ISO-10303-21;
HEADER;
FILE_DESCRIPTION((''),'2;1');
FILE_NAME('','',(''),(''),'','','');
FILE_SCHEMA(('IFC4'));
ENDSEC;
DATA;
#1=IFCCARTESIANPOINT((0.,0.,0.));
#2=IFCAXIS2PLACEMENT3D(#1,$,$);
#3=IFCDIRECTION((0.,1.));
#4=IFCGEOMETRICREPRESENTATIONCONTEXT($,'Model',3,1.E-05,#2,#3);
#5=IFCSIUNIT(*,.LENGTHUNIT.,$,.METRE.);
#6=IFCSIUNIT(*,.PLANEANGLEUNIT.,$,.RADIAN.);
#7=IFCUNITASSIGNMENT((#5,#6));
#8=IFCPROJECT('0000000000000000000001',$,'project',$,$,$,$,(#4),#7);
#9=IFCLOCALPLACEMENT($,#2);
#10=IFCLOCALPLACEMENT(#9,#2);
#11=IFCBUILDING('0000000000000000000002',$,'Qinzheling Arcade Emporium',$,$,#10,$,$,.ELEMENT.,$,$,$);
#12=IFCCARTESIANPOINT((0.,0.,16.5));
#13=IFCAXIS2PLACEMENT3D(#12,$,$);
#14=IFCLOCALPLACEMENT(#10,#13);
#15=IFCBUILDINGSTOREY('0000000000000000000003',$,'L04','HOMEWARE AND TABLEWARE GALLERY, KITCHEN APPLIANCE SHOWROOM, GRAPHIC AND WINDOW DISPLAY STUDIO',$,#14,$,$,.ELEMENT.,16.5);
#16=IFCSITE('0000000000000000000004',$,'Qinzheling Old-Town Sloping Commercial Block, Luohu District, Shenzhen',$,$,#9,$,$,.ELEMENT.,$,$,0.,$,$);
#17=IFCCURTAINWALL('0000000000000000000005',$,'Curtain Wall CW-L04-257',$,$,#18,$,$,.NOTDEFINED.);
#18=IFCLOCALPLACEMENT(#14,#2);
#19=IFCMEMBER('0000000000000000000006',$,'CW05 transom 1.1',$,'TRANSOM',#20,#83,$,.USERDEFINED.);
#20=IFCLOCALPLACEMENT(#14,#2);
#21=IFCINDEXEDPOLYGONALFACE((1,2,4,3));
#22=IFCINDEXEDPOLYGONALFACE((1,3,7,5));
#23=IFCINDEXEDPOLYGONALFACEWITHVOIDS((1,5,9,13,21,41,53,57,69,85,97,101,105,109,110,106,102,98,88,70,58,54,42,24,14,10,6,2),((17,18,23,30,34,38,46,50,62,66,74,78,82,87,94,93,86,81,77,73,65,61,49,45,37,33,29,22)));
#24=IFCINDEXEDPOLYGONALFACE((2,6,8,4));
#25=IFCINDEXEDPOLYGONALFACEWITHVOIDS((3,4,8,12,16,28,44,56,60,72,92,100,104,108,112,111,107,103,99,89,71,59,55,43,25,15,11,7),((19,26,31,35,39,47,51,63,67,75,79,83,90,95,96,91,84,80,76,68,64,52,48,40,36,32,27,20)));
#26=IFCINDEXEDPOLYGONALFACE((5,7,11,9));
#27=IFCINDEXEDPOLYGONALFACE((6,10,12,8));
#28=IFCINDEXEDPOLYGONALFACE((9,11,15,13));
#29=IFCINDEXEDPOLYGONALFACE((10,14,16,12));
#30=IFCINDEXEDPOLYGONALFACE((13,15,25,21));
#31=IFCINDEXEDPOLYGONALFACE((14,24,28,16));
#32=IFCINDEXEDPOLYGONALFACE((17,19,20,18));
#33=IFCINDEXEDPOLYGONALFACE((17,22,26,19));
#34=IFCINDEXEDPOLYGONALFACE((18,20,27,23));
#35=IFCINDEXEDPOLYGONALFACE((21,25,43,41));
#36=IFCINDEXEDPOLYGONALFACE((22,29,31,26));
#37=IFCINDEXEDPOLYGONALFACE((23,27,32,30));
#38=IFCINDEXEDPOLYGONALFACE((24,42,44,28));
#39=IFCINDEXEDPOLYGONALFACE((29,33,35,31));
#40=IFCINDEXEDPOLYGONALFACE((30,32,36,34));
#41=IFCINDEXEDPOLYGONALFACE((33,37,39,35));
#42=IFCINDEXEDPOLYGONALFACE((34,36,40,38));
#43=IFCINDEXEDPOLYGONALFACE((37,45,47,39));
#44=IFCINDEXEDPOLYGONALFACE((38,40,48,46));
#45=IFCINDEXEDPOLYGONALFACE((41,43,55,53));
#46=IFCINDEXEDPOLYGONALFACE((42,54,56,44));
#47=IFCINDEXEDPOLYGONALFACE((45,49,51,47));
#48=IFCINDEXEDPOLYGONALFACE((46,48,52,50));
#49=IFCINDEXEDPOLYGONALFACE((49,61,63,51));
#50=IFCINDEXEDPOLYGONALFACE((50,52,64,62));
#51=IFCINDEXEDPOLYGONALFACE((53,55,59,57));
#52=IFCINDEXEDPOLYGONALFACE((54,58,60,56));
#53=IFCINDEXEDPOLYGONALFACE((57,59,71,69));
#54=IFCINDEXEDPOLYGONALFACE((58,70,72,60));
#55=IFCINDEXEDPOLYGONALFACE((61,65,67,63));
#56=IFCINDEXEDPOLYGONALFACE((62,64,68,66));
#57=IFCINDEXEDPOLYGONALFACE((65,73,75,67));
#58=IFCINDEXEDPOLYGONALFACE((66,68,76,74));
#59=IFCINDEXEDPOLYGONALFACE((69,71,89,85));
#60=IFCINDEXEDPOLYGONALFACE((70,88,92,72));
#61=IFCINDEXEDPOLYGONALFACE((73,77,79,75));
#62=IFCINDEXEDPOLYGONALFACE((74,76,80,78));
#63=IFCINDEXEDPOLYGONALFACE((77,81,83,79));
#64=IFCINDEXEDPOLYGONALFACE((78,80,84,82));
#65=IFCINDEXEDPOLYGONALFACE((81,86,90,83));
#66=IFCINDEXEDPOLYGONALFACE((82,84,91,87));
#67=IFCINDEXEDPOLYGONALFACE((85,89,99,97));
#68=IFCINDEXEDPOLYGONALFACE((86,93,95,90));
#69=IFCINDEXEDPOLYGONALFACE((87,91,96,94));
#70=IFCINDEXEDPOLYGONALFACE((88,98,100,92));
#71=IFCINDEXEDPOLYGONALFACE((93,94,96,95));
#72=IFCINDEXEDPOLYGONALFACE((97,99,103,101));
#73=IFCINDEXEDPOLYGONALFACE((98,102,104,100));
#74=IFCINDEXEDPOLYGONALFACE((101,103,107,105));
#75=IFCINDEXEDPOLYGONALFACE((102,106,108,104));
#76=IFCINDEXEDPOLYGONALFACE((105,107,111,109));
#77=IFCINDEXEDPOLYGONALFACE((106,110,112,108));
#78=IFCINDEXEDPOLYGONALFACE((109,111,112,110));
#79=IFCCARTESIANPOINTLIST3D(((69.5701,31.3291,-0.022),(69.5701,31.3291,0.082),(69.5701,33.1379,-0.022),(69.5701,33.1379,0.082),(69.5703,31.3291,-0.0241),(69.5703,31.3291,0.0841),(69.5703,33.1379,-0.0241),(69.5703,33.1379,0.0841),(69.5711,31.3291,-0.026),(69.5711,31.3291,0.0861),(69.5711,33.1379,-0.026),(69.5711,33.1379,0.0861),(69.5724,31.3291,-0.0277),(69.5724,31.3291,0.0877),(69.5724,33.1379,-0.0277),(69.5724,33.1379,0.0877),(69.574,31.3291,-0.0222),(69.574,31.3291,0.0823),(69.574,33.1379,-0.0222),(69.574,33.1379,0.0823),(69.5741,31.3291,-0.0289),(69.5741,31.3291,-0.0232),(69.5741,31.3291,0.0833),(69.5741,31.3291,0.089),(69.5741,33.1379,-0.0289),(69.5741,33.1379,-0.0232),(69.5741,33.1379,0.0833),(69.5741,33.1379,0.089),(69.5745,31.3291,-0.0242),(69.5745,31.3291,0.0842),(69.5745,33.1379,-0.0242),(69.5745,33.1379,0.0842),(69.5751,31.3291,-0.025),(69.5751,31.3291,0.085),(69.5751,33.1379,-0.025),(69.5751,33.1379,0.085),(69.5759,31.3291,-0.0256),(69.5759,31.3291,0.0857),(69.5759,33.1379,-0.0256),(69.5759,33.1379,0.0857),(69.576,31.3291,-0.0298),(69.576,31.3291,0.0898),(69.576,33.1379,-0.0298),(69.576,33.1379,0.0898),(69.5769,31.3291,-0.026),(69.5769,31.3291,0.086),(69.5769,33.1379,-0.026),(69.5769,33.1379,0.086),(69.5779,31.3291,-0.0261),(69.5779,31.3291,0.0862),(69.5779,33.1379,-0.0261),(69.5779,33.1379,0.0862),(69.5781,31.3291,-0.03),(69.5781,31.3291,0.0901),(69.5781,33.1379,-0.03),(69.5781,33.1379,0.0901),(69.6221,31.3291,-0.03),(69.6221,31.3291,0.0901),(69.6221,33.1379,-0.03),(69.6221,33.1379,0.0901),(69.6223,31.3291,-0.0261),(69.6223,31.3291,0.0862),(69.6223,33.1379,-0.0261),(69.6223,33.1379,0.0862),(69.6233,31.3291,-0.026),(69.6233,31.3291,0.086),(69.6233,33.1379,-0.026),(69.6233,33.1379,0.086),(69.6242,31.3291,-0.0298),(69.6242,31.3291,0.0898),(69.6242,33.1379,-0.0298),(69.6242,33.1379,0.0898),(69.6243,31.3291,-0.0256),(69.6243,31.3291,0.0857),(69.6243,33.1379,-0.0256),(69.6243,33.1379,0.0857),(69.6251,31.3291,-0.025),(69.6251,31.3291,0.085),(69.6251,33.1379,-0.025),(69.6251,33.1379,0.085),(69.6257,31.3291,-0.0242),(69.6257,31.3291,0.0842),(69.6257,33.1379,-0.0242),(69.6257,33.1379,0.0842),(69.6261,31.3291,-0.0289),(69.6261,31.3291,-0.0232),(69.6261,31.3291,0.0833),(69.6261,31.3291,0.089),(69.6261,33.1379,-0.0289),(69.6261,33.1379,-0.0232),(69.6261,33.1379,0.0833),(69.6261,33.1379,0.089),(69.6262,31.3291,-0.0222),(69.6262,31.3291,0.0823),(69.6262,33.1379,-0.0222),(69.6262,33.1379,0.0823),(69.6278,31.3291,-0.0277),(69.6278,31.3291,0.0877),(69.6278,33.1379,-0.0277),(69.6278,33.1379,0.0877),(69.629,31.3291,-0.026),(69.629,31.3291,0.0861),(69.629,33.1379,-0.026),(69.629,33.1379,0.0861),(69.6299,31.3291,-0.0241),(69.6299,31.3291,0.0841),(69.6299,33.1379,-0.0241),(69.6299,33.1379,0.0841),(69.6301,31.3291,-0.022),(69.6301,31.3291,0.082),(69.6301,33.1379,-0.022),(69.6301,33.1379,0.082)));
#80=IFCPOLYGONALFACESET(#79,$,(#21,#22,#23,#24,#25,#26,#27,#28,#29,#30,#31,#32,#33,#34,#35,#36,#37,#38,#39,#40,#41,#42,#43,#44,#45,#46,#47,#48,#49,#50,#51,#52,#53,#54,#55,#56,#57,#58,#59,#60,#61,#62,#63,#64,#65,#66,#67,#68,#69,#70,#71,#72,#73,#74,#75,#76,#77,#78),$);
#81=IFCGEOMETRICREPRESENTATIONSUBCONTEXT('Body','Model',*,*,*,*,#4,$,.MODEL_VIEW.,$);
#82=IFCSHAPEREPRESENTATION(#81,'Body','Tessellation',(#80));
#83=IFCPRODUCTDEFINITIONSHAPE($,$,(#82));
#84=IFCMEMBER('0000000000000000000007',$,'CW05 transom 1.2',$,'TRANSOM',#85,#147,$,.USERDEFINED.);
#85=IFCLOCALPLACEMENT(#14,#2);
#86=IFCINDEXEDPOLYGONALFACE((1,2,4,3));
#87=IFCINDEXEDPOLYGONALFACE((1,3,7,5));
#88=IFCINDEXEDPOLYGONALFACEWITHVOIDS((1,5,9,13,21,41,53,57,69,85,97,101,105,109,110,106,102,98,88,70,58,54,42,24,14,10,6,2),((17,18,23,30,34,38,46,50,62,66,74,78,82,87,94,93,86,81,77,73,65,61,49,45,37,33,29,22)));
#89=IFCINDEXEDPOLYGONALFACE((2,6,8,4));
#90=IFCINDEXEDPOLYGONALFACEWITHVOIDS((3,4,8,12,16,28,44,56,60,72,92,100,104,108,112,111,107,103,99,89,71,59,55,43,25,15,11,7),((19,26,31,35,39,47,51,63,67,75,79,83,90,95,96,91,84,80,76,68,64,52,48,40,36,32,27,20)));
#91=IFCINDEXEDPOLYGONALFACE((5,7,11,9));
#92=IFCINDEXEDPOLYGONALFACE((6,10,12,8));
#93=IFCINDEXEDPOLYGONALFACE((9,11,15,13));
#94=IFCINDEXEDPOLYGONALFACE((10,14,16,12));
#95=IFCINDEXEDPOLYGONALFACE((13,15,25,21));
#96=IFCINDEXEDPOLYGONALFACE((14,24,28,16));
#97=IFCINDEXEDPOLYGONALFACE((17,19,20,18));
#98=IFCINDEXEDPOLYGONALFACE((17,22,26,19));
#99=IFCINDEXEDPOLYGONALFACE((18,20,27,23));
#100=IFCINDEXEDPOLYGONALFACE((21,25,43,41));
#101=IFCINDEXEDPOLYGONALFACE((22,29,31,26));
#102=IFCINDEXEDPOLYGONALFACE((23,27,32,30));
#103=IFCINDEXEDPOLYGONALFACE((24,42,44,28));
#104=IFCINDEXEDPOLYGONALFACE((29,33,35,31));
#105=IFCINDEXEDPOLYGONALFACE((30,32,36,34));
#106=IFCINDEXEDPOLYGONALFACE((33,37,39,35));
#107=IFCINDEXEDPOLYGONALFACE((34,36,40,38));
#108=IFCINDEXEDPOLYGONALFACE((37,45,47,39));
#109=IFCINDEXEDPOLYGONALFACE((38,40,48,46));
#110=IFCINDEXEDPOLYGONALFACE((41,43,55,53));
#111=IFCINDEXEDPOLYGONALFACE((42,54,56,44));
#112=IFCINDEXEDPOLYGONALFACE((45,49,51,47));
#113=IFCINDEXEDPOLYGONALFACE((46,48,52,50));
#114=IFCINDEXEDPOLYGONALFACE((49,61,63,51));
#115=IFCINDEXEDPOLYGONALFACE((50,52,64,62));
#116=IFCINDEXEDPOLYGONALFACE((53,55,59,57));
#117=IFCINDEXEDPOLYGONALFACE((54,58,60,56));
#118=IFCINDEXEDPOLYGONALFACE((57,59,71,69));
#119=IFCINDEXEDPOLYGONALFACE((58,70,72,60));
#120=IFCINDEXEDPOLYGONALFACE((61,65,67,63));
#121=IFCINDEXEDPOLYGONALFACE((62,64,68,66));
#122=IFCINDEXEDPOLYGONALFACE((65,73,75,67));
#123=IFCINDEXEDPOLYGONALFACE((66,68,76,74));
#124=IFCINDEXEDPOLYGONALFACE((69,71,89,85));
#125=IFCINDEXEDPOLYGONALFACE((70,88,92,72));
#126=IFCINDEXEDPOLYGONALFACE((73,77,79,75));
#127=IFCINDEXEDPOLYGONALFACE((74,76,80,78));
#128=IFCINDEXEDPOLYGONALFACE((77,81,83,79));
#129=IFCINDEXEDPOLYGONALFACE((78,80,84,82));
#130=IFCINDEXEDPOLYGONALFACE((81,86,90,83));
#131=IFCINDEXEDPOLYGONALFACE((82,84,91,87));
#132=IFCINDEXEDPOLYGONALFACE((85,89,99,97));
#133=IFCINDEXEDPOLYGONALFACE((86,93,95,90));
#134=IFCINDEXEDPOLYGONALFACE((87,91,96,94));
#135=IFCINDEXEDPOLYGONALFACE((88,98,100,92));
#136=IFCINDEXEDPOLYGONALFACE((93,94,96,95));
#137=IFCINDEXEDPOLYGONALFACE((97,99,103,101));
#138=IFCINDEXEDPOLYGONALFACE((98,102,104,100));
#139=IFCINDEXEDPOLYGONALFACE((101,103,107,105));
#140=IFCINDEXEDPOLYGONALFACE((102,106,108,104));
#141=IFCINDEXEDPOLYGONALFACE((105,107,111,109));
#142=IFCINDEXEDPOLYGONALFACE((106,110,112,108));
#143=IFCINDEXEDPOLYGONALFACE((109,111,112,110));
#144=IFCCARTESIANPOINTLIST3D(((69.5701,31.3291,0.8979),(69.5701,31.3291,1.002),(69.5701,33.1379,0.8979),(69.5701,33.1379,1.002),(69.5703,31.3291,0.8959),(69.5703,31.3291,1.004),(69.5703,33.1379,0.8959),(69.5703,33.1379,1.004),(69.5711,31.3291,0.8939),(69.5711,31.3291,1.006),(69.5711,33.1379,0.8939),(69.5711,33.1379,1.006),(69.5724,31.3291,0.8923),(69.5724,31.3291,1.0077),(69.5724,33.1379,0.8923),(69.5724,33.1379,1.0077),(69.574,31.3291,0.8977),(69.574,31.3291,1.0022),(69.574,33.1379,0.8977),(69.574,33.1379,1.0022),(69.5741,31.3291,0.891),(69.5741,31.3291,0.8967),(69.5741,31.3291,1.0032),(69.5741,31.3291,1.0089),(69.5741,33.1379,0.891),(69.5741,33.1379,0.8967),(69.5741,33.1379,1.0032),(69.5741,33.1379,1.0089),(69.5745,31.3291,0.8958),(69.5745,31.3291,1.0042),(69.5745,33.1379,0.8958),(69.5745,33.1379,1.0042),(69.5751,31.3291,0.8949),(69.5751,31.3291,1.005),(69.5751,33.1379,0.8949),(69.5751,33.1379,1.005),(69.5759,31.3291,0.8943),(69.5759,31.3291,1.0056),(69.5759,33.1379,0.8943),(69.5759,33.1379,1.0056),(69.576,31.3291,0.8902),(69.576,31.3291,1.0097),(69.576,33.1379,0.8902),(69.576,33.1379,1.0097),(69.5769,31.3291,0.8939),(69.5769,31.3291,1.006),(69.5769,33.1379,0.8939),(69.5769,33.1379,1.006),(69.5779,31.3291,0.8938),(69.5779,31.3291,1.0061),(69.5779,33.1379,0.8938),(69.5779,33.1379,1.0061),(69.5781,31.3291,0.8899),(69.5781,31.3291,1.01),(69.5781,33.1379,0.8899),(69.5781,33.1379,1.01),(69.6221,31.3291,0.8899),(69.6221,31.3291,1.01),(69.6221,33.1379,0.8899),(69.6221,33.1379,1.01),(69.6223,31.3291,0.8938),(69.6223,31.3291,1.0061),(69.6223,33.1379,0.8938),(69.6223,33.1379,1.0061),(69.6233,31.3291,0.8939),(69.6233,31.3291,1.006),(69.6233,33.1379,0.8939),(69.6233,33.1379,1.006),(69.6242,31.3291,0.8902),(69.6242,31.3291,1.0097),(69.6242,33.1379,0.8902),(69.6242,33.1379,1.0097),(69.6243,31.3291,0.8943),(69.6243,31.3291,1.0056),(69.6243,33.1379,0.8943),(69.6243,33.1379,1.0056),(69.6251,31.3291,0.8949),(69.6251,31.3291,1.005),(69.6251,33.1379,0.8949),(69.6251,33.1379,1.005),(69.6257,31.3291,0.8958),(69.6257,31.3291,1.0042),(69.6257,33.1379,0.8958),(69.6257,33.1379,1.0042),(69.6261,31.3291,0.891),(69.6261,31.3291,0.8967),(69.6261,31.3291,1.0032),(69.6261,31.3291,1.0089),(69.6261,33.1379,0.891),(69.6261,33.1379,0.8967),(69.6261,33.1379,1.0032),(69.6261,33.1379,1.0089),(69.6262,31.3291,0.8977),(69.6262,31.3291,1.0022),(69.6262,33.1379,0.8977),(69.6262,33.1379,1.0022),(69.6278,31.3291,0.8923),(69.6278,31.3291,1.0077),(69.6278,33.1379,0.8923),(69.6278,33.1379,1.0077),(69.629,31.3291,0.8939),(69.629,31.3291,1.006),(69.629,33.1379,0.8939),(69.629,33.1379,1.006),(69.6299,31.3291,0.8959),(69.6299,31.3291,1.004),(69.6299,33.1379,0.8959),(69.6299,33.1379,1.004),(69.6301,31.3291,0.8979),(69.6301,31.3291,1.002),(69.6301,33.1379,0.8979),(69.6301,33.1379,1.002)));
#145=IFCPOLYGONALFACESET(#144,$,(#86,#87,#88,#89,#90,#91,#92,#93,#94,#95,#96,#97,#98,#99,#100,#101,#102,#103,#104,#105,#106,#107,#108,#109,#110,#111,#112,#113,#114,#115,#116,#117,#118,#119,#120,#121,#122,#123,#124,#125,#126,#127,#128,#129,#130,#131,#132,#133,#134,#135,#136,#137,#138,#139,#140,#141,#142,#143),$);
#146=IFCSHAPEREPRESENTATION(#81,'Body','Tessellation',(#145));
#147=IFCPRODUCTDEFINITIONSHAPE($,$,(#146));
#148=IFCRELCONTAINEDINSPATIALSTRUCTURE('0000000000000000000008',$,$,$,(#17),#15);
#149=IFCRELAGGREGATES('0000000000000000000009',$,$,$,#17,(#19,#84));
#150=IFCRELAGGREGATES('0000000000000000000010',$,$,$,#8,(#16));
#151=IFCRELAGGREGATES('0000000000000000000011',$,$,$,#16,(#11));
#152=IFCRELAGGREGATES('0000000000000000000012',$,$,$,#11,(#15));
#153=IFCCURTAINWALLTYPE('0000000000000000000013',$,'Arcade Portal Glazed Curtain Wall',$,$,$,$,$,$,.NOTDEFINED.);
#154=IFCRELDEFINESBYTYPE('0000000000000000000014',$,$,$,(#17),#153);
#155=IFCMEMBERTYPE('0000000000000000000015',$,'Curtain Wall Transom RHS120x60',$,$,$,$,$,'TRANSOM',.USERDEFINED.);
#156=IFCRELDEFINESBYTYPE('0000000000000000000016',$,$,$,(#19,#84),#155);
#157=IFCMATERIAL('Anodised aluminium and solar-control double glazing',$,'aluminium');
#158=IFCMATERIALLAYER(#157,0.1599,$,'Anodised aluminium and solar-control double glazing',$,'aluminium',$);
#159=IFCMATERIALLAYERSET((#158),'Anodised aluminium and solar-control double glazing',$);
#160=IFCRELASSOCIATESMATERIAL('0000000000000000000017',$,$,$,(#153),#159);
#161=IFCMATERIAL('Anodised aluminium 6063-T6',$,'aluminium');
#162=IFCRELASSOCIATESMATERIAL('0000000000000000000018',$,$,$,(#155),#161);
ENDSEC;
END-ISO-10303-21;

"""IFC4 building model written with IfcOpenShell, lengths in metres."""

from ifc_helpers import new_model, si_unit, direction, frame, origin, origin_2d, place, context, subcontext, project, spatial, hollow_rectangle, extrude, material, layer, layer_set, material_profile, profile_set, type_object, element, aggregate, save


model = new_model("IFC4")

# Units and contexts
model_context = context("Model", 3, precision=1e-05, world=origin(), true_north=direction((0.0, 1.0)))
body_context = subcontext(model_context, "Body", "Model", "MODEL_VIEW")
ifc_project = project(units=[si_unit("LENGTHUNIT", "METRE"), si_unit("PLANEANGLEUNIT", "RADIAN")], contexts=[model_context])

# Site, building, storey
site_placement = place(None, origin())
site = spatial("IfcSite", under=ifc_project, at=site_placement, Name="Qinzheling Old-Town Sloping Commercial Block, Luohu District, Shenzhen", CompositionType="ELEMENT", RefElevation=0.0)
building_placement = place(site_placement, origin())
building = spatial("IfcBuilding", under=site, at=building_placement, Name="Qinzheling Arcade Emporium", CompositionType="ELEMENT")
storey_placement = place(building_placement, frame((0.0, 0.0, 16.5)))
storey = spatial("IfcBuildingStorey", under=building, at=storey_placement, Name="L04", Description="HOMEWARE AND TABLEWARE GALLERY, KITCHEN APPLIANCE SHOWROOM, GRAPHIC AND WINDOW DISPLAY STUDIO", CompositionType="ELEMENT", Elevation=16.5)

# Curtain wall
ifc_material_1 = material(Name="Anodised aluminium and solar-control double glazing", Category="aluminium")
ifc_layer_1 = layer(ifc_material_1, 0.1599, Name="Anodised aluminium and solar-control double glazing", Category="aluminium")
ifc_layer_set_1 = layer_set([ifc_layer_1], Name="Anodised aluminium and solar-control double glazing")
curtain_wall_type = type_object("IfcCurtainWallType", Name="Arcade Portal Glazed Curtain Wall", PredefinedType="NOTDEFINED", material=ifc_layer_set_1)
curtain_wall_1_placement = place(storey_placement, origin())
curtain_wall_1 = element("IfcCurtainWall", 1, at=curtain_wall_1_placement, inside=storey, type_object=curtain_wall_type, Name="Curtain Wall CW-L04-257", PredefinedType="NOTDEFINED")
ifc_material_2 = material(Name="Anodised aluminium 6063-T6", Category="aluminium")

# Members
ifc_material_profile_1 = material_profile(ifc_material_2, hollow_rectangle(XDim=0.0601, YDim=0.1201, WallThickness=0.0039, InnerFilletRadius=0.0039, OuterFilletRadius=0.0081, at=origin_2d()), Name="RHS 120x60x4", Category="aluminium")
ifc_profile_set_1 = profile_set([ifc_material_profile_1], Name="Anodised aluminium 6063-T6")
member_type_1 = type_object("IfcMemberType", Name="Curtain Wall Transom RHS120x60", ElementType="TRANSOM", PredefinedType="USERDEFINED", material=ifc_profile_set_1)
member_1_placement = place(storey_placement, frame((69.6001, 33.1379, 0.03), z_axis=(0.0, -1.0, 0.0), x_axis=(1.0, 0.0, 0.0)))
member_1 = element("IfcMember", 2, at=member_1_placement, type_object=member_type_1, Name="CW05 transom 1.1", ObjectType="TRANSOM", PredefinedType="USERDEFINED", context=body_context, shape_type="SweptSolid", body=[
    extrude(hollow_rectangle(XDim=0.0601, YDim=0.1201, WallThickness=0.0039, InnerFilletRadius=0.0039, OuterFilletRadius=0.0081, at=origin_2d()), origin(), (0.0, 0.0, 1.0), 1.8088),
])
member_2_placement = place(storey_placement, frame((69.6001, 33.1379, 0.95), z_axis=(0.0, -1.0, 0.0), x_axis=(1.0, 0.0, 0.0)))
member_2 = element("IfcMember", 3, at=member_2_placement, type_object=member_type_1, Name="CW05 transom 1.2", ObjectType="TRANSOM", PredefinedType="USERDEFINED", context=body_context, shape_type="SweptSolid", body=[
    extrude(hollow_rectangle(XDim=0.0601, YDim=0.1201, WallThickness=0.0039, InnerFilletRadius=0.0039, OuterFilletRadius=0.0081, at=origin_2d()), origin(), (0.0, 0.0, 1.0), 1.8088),
])

aggregate(curtain_wall_1, [member_1, member_2])

save(model, "model.ifc")
